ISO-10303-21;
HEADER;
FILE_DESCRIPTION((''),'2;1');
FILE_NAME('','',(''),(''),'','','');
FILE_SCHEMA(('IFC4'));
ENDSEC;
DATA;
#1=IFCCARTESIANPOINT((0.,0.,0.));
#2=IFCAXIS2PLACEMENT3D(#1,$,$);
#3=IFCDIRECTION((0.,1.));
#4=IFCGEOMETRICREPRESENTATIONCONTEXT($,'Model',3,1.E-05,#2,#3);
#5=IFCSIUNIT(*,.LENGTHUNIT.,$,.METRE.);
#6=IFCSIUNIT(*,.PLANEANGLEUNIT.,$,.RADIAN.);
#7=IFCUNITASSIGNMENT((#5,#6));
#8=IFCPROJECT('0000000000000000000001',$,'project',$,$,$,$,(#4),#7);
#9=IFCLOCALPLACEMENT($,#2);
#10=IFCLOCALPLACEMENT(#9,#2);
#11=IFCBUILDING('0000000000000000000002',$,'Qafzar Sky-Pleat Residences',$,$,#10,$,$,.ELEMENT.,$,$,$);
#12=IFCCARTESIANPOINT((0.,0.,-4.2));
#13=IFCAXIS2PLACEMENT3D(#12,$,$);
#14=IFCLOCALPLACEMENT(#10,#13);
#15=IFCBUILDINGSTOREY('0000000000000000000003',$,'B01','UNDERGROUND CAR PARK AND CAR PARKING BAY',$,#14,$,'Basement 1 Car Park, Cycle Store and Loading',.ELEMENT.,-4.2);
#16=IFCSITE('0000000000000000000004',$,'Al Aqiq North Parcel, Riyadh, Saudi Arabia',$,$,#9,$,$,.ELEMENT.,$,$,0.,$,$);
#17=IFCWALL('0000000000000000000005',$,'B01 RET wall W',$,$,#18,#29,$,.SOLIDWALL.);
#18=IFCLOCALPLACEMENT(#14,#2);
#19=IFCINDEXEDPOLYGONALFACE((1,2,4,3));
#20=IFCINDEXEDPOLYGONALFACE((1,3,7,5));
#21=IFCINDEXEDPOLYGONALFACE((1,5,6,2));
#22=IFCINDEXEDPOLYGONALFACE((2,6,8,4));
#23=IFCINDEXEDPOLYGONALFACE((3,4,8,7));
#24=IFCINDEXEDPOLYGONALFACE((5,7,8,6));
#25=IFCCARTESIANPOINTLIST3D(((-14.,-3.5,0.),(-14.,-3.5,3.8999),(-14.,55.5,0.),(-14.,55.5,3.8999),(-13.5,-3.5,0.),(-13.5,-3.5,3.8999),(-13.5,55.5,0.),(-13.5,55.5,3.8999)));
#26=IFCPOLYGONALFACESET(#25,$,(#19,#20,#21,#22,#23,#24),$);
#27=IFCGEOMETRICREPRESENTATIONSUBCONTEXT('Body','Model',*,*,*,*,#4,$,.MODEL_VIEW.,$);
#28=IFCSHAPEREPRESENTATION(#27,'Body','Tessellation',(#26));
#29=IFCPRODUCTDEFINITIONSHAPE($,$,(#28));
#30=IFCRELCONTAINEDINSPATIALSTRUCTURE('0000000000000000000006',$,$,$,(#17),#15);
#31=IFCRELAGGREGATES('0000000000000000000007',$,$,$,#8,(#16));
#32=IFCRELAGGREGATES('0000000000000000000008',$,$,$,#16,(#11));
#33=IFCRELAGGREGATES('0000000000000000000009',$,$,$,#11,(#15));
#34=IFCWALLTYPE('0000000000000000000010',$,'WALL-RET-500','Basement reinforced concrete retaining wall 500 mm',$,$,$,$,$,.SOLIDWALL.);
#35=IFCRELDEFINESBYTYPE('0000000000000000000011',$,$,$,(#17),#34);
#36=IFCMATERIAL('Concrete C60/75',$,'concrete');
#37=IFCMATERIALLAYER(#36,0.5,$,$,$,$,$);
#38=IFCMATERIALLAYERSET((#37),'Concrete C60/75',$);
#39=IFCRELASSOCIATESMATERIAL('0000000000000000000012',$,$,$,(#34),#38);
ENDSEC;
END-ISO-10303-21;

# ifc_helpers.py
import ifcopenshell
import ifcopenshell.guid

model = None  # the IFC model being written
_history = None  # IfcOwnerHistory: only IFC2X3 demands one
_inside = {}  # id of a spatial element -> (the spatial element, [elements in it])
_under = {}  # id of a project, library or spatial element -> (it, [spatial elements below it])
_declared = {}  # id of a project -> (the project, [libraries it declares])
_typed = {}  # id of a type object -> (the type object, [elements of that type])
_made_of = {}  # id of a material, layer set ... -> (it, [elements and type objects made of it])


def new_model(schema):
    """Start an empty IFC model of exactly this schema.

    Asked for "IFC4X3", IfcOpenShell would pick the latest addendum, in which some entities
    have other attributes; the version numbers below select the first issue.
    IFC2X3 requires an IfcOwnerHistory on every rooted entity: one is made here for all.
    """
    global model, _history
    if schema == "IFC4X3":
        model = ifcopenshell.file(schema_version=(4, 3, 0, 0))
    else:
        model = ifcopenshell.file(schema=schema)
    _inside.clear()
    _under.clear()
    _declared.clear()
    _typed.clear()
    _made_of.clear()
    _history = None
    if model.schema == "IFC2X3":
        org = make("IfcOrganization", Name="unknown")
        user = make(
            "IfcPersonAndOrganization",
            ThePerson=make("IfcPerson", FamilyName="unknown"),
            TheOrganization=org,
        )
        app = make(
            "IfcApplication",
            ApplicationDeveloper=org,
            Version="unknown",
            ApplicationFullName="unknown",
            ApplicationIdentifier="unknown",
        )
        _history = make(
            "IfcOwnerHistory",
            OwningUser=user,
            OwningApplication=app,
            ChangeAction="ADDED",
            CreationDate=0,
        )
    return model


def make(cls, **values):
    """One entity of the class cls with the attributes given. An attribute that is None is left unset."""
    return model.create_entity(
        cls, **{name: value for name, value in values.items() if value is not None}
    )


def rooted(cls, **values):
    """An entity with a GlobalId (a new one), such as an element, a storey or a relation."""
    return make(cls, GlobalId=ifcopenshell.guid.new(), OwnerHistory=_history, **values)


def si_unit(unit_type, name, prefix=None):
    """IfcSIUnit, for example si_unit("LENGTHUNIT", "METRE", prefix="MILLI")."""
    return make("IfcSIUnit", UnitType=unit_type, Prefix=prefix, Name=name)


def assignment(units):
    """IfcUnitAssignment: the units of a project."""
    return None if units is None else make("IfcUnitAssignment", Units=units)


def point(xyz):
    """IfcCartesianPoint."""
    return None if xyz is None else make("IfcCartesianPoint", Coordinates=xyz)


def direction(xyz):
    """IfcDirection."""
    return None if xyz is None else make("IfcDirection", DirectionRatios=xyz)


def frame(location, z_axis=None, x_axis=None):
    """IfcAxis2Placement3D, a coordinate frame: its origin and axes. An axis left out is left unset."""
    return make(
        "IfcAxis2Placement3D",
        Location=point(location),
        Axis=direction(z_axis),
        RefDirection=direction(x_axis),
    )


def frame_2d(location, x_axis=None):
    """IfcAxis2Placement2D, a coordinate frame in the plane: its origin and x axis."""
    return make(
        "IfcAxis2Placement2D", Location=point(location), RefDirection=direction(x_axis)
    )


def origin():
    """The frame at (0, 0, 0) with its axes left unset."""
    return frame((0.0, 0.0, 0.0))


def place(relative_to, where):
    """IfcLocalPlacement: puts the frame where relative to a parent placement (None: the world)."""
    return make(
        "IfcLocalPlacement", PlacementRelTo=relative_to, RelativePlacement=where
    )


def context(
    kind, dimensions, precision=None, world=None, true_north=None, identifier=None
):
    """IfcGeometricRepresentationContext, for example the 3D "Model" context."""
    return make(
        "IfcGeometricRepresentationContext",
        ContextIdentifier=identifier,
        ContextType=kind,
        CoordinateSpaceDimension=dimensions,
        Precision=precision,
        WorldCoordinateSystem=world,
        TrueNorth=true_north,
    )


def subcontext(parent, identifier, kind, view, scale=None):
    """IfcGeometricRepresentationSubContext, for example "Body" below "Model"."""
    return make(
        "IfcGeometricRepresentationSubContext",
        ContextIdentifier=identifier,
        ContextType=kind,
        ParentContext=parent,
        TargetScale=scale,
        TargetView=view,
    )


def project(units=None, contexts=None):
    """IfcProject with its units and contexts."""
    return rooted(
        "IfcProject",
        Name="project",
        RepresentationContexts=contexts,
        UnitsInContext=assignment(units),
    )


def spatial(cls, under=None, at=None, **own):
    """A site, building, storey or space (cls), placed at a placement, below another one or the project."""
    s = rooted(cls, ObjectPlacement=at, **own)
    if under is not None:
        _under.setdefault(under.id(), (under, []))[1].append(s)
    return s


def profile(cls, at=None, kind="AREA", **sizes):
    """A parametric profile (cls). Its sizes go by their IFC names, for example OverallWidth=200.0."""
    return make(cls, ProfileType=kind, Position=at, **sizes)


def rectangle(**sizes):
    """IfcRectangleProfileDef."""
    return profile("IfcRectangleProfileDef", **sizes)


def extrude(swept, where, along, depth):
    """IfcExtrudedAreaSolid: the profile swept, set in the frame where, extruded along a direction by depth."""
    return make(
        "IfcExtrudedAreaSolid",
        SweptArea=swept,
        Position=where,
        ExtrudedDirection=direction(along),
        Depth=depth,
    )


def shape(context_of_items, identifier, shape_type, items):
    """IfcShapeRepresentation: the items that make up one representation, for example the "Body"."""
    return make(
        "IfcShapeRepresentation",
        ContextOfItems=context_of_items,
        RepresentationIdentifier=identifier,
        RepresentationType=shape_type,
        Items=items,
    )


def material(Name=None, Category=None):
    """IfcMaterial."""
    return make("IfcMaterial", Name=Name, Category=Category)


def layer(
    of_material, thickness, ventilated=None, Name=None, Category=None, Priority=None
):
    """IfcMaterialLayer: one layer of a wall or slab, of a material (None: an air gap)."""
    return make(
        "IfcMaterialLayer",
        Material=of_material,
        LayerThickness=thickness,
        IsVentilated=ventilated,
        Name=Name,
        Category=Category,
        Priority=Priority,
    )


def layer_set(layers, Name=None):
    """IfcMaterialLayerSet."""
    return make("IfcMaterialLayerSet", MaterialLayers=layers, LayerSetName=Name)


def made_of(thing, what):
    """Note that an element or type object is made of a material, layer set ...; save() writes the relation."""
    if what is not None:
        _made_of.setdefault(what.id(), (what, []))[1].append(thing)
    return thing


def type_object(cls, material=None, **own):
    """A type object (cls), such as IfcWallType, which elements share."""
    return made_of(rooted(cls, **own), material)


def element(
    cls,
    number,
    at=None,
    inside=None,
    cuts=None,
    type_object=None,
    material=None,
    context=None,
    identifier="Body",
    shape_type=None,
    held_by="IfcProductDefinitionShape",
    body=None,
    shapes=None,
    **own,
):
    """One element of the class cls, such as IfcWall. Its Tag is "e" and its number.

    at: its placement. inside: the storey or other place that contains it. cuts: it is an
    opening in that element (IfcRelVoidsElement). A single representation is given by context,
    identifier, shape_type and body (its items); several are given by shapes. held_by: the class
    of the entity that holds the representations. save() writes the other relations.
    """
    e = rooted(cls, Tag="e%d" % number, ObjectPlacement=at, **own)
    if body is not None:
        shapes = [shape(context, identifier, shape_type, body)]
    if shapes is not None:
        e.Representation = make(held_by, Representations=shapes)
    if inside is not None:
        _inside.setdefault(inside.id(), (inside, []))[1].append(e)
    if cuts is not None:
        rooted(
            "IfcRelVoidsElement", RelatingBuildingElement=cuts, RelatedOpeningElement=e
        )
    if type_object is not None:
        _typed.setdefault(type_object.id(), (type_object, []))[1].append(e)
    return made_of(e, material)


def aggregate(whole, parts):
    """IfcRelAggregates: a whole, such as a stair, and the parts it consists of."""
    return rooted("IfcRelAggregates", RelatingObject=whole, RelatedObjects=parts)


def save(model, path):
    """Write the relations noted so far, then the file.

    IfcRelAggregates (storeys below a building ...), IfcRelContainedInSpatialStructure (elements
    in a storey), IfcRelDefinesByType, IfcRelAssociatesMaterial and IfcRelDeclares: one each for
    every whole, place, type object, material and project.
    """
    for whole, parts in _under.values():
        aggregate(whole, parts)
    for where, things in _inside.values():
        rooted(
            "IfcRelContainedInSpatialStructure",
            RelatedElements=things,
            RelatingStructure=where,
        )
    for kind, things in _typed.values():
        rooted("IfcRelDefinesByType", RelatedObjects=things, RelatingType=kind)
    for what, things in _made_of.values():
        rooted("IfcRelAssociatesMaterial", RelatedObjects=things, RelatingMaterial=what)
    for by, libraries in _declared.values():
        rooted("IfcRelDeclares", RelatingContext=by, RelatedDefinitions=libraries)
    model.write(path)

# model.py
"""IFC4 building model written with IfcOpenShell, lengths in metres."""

from ifc_helpers import new_model, si_unit, direction, frame, frame_2d, origin, place, context, subcontext, project, spatial, rectangle, extrude, material, layer, layer_set, type_object, element, save


model = new_model("IFC4")

# Units and contexts
model_context = context("Model", 3, precision=1e-05, world=origin(), true_north=direction((0.0, 1.0)))
body_context = subcontext(model_context, "Body", "Model", "MODEL_VIEW")
ifc_project = project(units=[si_unit("LENGTHUNIT", "METRE"), si_unit("PLANEANGLEUNIT", "RADIAN")], contexts=[model_context])

# Site, building, storey
site_placement = place(None, origin())
site = spatial("IfcSite", under=ifc_project, at=site_placement, Name="Al Aqiq North Parcel, Riyadh, Saudi Arabia", CompositionType="ELEMENT", RefElevation=0.0)
building_placement = place(site_placement, origin())
building = spatial("IfcBuilding", under=site, at=building_placement, Name="Qafzar Sky-Pleat Residences", CompositionType="ELEMENT")
storey_placement = place(building_placement, frame((0.0, 0.0, -4.2)))
storey = spatial("IfcBuildingStorey", under=building, at=storey_placement, Name="B01", Description="UNDERGROUND CAR PARK AND CAR PARKING BAY", LongName="Basement 1 Car Park, Cycle Store and Loading", CompositionType="ELEMENT", Elevation=-4.2)

# Shared definitions
ifc_material_1 = material(Name="Concrete C60/75", Category="concrete")

# Wall
ifc_layer = layer(ifc_material_1, 0.5)
ifc_layer_set = layer_set([ifc_layer], Name="Concrete C60/75")
wall_type = type_object("IfcWallType", Name="WALL-RET-500", Description="Basement reinforced concrete retaining wall 500 mm", PredefinedType="SOLIDWALL", material=ifc_layer_set)
wall_placement = place(storey_placement, frame((-13.75, 55.5, 0.0), z_axis=(0.0, 0.0, 1.0), x_axis=(0.0, -1.0, 0.0)))
element("IfcWall", 1, at=wall_placement, inside=storey, type_object=wall_type, Name="B01 RET wall W", PredefinedType="SOLIDWALL", context=body_context, shape_type="SweptSolid", body=[
    extrude(rectangle(XDim=59.0, YDim=0.5, at=frame_2d((29.5, 0.0))), origin(), (0.0, 0.0, 1.0), 3.8999),
])

save(model, "model.ifc")
